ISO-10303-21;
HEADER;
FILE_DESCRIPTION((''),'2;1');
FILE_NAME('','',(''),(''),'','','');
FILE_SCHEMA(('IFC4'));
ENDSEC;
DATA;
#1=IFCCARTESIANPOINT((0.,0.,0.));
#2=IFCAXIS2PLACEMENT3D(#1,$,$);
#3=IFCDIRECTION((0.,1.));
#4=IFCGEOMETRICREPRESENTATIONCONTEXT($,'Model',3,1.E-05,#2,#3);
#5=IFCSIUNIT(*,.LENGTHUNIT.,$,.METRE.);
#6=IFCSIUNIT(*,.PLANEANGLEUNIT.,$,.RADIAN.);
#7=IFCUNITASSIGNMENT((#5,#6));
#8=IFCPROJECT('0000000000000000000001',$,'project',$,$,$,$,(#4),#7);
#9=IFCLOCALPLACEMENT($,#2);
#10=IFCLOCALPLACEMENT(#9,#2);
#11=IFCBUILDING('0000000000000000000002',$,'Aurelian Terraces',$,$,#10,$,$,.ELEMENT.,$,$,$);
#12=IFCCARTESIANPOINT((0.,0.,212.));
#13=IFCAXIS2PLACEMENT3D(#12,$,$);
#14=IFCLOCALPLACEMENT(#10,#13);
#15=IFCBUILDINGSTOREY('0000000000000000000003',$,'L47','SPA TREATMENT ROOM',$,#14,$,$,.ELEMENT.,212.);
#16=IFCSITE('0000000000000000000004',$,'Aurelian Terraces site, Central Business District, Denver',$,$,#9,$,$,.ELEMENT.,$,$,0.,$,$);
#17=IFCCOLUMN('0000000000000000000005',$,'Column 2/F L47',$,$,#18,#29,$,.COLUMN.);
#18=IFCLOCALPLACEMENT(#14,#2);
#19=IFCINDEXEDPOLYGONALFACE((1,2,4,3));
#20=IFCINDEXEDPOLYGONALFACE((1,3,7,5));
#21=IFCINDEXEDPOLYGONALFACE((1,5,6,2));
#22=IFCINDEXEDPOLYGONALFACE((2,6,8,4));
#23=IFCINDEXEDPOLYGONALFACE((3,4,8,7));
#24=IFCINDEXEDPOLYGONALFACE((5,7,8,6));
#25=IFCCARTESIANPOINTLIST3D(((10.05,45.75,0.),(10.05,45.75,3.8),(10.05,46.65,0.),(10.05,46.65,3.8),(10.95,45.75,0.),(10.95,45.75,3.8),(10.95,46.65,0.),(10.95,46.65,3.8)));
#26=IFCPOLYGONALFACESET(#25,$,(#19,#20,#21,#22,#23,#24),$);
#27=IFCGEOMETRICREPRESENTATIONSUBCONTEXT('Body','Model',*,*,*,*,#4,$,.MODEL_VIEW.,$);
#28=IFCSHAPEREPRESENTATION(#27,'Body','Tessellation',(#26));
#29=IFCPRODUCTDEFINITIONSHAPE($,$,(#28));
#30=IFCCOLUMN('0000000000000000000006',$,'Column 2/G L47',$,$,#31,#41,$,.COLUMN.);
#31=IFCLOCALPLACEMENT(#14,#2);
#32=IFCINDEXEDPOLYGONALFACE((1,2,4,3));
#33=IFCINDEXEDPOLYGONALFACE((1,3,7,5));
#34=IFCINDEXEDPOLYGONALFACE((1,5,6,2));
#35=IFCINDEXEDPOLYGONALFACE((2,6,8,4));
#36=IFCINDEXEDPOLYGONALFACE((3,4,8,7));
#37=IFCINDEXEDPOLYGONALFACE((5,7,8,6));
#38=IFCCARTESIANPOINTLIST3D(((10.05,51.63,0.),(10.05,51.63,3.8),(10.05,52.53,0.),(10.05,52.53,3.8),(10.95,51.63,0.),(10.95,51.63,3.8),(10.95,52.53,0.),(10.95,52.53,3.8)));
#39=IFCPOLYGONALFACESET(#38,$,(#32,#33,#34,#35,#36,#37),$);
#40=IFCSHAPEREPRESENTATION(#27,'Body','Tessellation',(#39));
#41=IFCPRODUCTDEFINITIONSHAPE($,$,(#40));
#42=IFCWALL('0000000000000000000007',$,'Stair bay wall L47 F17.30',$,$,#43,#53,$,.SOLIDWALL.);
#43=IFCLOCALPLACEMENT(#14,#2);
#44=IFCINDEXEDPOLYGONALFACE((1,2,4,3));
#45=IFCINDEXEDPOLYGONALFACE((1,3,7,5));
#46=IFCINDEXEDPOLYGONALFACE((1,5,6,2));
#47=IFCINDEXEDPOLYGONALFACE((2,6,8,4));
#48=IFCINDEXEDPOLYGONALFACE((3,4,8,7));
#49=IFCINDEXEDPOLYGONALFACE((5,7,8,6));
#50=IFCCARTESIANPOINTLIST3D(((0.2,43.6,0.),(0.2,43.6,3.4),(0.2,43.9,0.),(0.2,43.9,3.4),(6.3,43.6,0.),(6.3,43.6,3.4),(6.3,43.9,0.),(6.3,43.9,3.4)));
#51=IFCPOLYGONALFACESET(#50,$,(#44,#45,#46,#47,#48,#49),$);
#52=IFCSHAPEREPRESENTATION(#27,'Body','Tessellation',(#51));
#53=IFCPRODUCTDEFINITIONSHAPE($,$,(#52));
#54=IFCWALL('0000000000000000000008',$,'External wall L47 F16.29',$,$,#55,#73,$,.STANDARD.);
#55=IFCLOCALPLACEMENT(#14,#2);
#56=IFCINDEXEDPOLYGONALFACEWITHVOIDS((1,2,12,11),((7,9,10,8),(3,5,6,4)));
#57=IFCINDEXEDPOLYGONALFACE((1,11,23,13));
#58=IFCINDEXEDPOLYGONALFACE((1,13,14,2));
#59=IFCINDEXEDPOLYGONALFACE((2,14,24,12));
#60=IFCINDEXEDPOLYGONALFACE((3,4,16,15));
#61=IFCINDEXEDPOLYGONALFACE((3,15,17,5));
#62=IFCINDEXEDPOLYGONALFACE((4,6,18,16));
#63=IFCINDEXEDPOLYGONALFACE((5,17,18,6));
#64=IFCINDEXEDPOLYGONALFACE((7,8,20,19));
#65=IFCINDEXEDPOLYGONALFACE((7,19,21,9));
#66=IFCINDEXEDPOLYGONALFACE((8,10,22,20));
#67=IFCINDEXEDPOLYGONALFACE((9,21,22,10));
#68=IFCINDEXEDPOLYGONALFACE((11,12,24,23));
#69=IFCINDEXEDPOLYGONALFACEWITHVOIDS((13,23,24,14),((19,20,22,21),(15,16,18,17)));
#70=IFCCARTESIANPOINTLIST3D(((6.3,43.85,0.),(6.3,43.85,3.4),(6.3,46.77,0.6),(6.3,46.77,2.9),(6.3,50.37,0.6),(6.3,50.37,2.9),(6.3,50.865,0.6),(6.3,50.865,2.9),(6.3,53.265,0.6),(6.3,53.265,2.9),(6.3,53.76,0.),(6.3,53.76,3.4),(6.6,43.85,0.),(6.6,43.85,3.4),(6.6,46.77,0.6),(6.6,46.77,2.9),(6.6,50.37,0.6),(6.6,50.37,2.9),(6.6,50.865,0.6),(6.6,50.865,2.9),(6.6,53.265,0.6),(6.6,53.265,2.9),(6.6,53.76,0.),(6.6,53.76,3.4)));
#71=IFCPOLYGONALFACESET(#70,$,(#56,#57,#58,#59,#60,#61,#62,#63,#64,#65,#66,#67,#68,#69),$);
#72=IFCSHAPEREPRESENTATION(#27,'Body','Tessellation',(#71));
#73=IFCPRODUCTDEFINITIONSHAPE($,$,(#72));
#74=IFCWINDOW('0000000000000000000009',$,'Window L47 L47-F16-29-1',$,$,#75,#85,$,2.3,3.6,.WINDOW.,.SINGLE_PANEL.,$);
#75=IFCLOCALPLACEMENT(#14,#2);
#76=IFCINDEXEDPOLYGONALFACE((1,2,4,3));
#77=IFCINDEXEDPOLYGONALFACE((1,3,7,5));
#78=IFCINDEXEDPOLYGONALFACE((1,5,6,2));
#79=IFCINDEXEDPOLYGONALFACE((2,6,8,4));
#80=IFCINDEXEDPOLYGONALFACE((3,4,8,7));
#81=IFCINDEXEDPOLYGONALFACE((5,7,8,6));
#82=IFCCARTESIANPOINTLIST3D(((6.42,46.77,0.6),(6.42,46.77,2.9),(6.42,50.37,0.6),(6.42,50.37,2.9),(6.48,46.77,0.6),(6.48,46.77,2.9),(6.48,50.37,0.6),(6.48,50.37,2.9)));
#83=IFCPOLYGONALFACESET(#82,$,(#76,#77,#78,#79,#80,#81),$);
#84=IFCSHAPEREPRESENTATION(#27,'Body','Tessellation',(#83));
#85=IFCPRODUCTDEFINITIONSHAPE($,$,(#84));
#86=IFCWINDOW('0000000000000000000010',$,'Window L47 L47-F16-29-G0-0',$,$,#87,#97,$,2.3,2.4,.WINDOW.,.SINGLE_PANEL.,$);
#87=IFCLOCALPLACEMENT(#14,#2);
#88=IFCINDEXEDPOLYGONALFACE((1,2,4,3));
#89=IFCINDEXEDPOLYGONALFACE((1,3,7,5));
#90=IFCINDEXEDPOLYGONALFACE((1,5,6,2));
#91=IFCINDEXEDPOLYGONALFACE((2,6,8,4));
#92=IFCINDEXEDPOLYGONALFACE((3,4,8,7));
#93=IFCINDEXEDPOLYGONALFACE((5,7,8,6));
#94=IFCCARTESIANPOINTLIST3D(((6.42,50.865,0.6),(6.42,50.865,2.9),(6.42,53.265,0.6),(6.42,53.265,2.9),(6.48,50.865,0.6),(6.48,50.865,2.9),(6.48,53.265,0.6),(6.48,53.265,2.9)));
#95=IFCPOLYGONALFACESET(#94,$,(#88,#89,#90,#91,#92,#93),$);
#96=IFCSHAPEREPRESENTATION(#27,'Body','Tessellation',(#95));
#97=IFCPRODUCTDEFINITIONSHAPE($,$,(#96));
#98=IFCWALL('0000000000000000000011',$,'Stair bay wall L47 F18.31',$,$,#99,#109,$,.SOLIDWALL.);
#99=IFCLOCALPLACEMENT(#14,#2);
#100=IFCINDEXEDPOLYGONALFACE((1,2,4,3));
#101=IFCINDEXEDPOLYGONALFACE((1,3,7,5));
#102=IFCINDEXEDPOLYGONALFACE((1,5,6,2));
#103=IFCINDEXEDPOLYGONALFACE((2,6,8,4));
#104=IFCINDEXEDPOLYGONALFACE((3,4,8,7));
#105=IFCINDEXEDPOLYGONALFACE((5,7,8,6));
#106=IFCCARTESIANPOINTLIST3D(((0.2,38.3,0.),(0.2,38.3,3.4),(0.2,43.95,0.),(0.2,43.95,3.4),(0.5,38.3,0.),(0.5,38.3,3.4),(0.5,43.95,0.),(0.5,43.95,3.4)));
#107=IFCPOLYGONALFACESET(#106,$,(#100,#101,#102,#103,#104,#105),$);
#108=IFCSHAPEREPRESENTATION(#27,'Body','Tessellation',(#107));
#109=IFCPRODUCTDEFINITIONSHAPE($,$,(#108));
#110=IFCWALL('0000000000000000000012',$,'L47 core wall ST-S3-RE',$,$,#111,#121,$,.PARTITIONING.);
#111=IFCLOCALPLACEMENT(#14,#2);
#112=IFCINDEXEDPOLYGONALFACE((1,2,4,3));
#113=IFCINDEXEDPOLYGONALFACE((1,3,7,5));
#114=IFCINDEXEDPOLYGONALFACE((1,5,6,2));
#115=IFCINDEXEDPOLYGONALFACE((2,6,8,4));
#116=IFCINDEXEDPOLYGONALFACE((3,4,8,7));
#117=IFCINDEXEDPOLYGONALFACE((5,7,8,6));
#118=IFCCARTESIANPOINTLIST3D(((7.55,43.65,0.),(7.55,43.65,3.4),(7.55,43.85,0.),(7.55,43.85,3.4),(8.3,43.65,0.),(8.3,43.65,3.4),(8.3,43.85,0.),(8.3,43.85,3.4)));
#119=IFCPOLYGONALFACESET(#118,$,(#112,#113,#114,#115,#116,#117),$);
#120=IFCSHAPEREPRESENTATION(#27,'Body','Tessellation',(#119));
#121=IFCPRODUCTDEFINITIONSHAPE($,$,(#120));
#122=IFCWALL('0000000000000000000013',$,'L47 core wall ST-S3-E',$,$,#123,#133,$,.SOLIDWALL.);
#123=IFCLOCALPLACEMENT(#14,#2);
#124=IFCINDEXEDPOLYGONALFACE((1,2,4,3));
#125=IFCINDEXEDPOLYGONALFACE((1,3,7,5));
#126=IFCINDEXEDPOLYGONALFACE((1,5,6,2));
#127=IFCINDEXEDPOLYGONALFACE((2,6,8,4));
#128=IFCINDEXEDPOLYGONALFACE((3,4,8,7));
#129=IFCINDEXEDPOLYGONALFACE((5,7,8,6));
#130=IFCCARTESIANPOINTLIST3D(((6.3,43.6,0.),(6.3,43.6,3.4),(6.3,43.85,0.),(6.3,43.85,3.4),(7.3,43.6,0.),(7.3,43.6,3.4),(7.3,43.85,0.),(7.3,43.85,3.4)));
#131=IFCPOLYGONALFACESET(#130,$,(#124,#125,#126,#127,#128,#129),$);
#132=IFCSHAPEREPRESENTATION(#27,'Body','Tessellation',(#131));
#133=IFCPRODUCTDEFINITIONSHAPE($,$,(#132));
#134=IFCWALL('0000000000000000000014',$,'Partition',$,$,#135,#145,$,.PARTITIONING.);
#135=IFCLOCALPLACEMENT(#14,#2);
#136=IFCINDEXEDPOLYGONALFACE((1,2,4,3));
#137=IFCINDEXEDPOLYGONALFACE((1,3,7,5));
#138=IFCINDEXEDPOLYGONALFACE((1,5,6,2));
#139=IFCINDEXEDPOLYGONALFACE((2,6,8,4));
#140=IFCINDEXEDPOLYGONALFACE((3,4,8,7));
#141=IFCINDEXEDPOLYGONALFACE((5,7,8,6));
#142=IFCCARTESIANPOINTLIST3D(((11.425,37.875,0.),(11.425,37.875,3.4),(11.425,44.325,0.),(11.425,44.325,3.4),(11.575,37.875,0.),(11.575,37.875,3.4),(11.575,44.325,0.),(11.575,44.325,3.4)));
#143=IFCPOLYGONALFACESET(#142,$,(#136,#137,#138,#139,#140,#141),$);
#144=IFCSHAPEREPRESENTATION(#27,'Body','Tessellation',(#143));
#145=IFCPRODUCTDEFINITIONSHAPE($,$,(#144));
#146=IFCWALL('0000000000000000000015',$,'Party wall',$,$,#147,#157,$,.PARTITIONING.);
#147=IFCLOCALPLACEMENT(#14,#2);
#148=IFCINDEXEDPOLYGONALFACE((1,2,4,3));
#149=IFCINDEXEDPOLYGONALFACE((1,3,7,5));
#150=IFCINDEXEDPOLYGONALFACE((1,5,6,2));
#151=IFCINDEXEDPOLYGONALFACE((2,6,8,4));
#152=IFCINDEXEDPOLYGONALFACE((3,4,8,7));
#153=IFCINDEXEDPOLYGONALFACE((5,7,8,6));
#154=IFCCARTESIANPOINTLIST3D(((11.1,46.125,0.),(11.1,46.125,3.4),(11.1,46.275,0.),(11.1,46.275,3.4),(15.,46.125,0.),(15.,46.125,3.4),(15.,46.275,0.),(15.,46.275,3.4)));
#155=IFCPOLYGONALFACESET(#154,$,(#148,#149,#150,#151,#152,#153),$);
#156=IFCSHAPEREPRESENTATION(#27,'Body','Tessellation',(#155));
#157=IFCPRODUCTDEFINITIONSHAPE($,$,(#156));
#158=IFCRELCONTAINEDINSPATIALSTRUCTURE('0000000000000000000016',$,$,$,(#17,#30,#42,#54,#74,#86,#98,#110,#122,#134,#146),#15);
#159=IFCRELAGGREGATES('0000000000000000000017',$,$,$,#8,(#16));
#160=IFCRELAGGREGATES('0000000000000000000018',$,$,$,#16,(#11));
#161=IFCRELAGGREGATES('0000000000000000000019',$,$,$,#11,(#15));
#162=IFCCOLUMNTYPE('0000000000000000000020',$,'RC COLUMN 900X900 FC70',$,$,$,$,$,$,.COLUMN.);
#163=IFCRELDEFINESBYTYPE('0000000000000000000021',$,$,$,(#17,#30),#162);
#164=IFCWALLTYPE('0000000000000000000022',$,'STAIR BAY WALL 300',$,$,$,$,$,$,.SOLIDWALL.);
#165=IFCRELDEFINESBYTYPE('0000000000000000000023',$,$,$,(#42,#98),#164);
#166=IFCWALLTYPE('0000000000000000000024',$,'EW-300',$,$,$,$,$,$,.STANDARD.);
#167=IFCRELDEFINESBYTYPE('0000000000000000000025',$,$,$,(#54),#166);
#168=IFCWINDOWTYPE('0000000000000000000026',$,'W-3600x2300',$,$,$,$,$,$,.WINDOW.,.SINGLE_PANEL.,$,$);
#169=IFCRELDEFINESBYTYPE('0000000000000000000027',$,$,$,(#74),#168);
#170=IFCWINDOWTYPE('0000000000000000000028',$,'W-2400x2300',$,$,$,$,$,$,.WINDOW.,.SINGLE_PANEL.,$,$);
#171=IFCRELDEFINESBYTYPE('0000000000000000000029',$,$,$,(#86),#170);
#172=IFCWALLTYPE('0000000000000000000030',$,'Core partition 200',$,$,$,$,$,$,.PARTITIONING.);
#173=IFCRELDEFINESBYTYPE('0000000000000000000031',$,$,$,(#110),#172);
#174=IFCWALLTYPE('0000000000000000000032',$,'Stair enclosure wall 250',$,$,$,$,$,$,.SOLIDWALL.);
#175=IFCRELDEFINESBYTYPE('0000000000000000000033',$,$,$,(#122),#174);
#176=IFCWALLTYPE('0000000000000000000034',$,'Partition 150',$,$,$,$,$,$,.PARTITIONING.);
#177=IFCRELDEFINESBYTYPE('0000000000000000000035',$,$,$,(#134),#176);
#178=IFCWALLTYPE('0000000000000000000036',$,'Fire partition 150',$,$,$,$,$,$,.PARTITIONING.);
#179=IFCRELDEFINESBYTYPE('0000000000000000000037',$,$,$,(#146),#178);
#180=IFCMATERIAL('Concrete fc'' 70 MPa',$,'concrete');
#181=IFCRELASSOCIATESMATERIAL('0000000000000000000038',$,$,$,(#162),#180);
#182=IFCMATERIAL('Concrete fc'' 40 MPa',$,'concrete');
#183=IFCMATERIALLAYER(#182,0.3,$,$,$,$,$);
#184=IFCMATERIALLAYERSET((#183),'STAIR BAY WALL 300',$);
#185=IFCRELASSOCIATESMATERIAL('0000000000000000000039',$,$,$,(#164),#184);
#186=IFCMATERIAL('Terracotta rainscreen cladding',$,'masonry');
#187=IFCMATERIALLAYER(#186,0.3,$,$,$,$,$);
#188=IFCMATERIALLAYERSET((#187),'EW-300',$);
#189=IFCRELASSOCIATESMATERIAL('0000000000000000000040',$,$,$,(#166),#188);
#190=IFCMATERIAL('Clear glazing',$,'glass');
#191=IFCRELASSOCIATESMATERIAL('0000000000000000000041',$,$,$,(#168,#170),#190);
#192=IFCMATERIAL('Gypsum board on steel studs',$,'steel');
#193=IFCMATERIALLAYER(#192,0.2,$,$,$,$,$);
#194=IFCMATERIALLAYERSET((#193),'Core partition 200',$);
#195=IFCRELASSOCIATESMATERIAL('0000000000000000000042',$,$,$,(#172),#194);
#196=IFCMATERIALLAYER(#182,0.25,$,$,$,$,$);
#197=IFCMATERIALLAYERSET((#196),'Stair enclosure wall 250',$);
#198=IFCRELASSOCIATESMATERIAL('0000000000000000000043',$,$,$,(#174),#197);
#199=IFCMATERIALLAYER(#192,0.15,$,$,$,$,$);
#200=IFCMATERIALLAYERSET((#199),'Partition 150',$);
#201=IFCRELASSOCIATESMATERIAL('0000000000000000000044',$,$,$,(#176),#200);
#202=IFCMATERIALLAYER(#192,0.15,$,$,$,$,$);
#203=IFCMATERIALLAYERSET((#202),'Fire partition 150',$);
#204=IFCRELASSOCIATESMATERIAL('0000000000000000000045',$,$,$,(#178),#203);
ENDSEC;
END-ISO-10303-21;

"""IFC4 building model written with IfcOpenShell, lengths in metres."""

from ifc_helpers import new_model, si_unit, direction, frame, frame_2d, origin, origin_2d, place, context, subcontext, project, spatial, rectangle, extrude, source, transform, mapped, material, layer, layer_set, material_profile, profile_set, type_object, element, fill, save


model = new_model("IFC4")

# Units and contexts
model_context = context("Model", 3, precision=1e-05, world=origin(), true_north=direction((0.0, 1.0)))
body_context = subcontext(model_context, "Body", "Model", "MODEL_VIEW")
ifc_project = project(units=[si_unit("LENGTHUNIT", "METRE"), si_unit("PLANEANGLEUNIT", "RADIAN")], contexts=[model_context])

# Site, building, storey
site_placement = place(None, origin())
site = spatial("IfcSite", under=ifc_project, at=site_placement, Name="Aurelian Terraces site, Central Business District, Denver", CompositionType="ELEMENT", RefElevation=0.0)
building_placement = place(site_placement, origin())
building = spatial("IfcBuilding", under=site, at=building_placement, Name="Aurelian Terraces", CompositionType="ELEMENT")
storey_placement = place(building_placement, frame((0.0, 0.0, 212.0)))
storey = spatial("IfcBuildingStorey", under=building, at=storey_placement, Name="L47", Description="SPA TREATMENT ROOM", CompositionType="ELEMENT", Elevation=212.0)

# Columns
ifc_material_1 = material(Name="Concrete fc' 70 MPa", Category="concrete")
ifc_material_profile = material_profile(ifc_material_1, rectangle(XDim=0.9, YDim=0.9, at=origin_2d()))
ifc_profile_set = profile_set([ifc_material_profile], Name="Concrete fc' 70 MPa")
column_type = type_object("IfcColumnType", Name="RC COLUMN 900X900 FC70", PredefinedType="COLUMN", material=ifc_profile_set)
shared_shape_1 = source(origin(), body_context, "Body", "SweptSolid", [
    extrude(rectangle(XDim=0.9, YDim=0.9, at=origin_2d()), origin(), (0.0, 0.0, 1.0), 3.8),
])
for number, where, z_axis, x_axis, name in (
    (1, (10.5, 46.2, 0.0), (0.0, 0.0, 1.0), (1.0, 0.0, 0.0), "Column 2/F L47"),
    (2, (10.5, 52.08, 0.0), (0.0, 0.0, 1.0), (1.0, 0.0, 0.0), "Column 2/G L47"),
):
    element("IfcColumn", number, at=place(storey_placement, frame(where, z_axis=z_axis, x_axis=x_axis)), inside=storey, type_object=column_type, Name=name, PredefinedType="COLUMN", context=body_context, shape_type="MappedRepresentation", body=[
        mapped(shared_shape_1, transform((0.0, 0.0, 0.0), scale=1.0)),
    ])

# Wall
ifc_material_2 = material(Name="Concrete fc' 40 MPa", Category="concrete")
ifc_layer_1 = layer(ifc_material_2, 0.3)
ifc_layer_set_1 = layer_set([ifc_layer_1], Name="STAIR BAY WALL 300")
wall_type_1 = type_object("IfcWallType", Name="STAIR BAY WALL 300", PredefinedType="SOLIDWALL", material=ifc_layer_set_1)
shared_shape_2 = source(origin(), body_context, "Body", "SweptSolid", [
    extrude(rectangle(XDim=6.1, YDim=0.3, at=frame_2d((3.05, 0.0))), origin(), (0.0, 0.0, 1.0), 3.4),
])
wall_1_placement = place(storey_placement, frame((6.3, 43.75, 0.0), z_axis=(0.0, 0.0, 1.0), x_axis=(-1.0, 0.0, 0.0)))
element("IfcWall", 3, at=wall_1_placement, inside=storey, type_object=wall_type_1, Name="Stair bay wall L47 F17.30", PredefinedType="SOLIDWALL", context=body_context, shape_type="MappedRepresentation", body=[
    mapped(shared_shape_2, transform((0.0, 0.0, 0.0), scale=1.0)),
])

# Wall, openings, windows
ifc_material_3 = material(Name="Terracotta rainscreen cladding", Category="masonry")
ifc_layer_2 = layer(ifc_material_3, 0.3)
ifc_layer_set_2 = layer_set([ifc_layer_2], Name="EW-300")
wall_type_2 = type_object("IfcWallType", Name="EW-300", PredefinedType="STANDARD", material=ifc_layer_set_2)
shared_shape_3 = source(origin(), body_context, "Body", "SweptSolid", [
    extrude(rectangle(XDim=9.91, YDim=0.3, at=frame_2d((4.955, 0.0))), origin(), (0.0, 0.0, 1.0), 3.4),
])
wall_2_placement = place(storey_placement, frame((6.45, 53.76, 0.0), z_axis=(0.0, 0.0, 1.0), x_axis=(0.0, -1.0, 0.0)))
wall_2 = element("IfcWall", 4, at=wall_2_placement, inside=storey, type_object=wall_type_2, Name="External wall L47 F16.29", PredefinedType="STANDARD", context=body_context, shape_type="MappedRepresentation", body=[
    mapped(shared_shape_3, transform((0.0, 0.0, 0.0), scale=1.0)),
])
shared_shape_4 = source(origin(), body_context, "Body", "SweptSolid", [
    extrude(rectangle(XDim=3.6, YDim=2.3, at=frame_2d((1.8, 1.15))), frame((0.0, 0.16, 0.0), z_axis=(0.0, -1.0, 0.0), x_axis=(1.0, 0.0, 0.0)), (0.0, 0.0, 1.0), 0.32),
])
opening_1_placement = place(wall_2_placement, frame((3.39, 0.0, 0.6)))
opening_1 = element("IfcOpeningElement", 5, at=opening_1_placement, cuts=wall_2, PredefinedType="OPENING", context=body_context, shape_type="MappedRepresentation", body=[
    mapped(shared_shape_4, transform((0.0, 0.0, 0.0), scale=1.0)),
])
shared_shape_5 = source(origin(), body_context, "Body", "SweptSolid", [
    extrude(rectangle(XDim=2.4, YDim=2.3, at=frame_2d((1.2, 1.15))), frame((0.0, 0.16, 0.0), z_axis=(0.0, -1.0, 0.0), x_axis=(1.0, 0.0, 0.0)), (0.0, 0.0, 1.0), 0.32),
])
opening_2_placement = place(wall_2_placement, frame((0.495, 0.0, 0.6)))
opening_2 = element("IfcOpeningElement", 6, at=opening_2_placement, cuts=wall_2, PredefinedType="OPENING", context=body_context, shape_type="MappedRepresentation", body=[
    mapped(shared_shape_5, transform((0.0, 0.0, 0.0), scale=1.0)),
])
ifc_material_4 = material(Name="Clear glazing", Category="glass")
window_type_1 = type_object("IfcWindowType", Name="W-3600x2300", PartitioningType="SINGLE_PANEL", PredefinedType="WINDOW", material=ifc_material_4)
shared_shape_6 = source(origin(), body_context, "Body", "SweptSolid", [
    extrude(rectangle(XDim=3.6, YDim=2.3, at=frame_2d((1.8, 1.15))), frame((0.0, 0.03, 0.0), z_axis=(0.0, -1.0, 0.0), x_axis=(1.0, 0.0, 0.0)), (0.0, 0.0, 1.0), 0.06),
])
window_1_placement = place(opening_1_placement, origin())
window_1 = element("IfcWindow", 7, at=window_1_placement, inside=storey, type_object=window_type_1, Name="Window L47 L47-F16-29-1", OverallHeight=2.3, OverallWidth=3.6, PartitioningType="SINGLE_PANEL", PredefinedType="WINDOW", context=body_context, shape_type="MappedRepresentation", body=[
    mapped(shared_shape_6, transform((0.0, 0.0, 0.0), scale=1.0)),
])
fill(opening_1, window_1)
window_type_2 = type_object("IfcWindowType", Name="W-2400x2300", PartitioningType="SINGLE_PANEL", PredefinedType="WINDOW", material=ifc_material_4)
shared_shape_7 = source(origin(), body_context, "Body", "SweptSolid", [
    extrude(rectangle(XDim=2.4, YDim=2.3, at=frame_2d((1.2, 1.15))), frame((0.0, 0.03, 0.0), z_axis=(0.0, -1.0, 0.0), x_axis=(1.0, 0.0, 0.0)), (0.0, 0.0, 1.0), 0.06),
])
window_2_placement = place(opening_2_placement, origin())
window_2 = element("IfcWindow", 8, at=window_2_placement, inside=storey, type_object=window_type_2, Name="Window L47 L47-F16-29-G0-0", OverallHeight=2.3, OverallWidth=2.4, PartitioningType="SINGLE_PANEL", PredefinedType="WINDOW", context=body_context, shape_type="MappedRepresentation", body=[
    mapped(shared_shape_7, transform((0.0, 0.0, 0.0), scale=1.0)),
])
fill(opening_2, window_2)

# Walls
shared_shape_8 = source(origin(), body_context, "Body", "SweptSolid", [
    extrude(rectangle(XDim=5.65, YDim=0.3, at=frame_2d((2.825, 0.0))), origin(), (0.0, 0.0, 1.0), 3.4),
])
wall_3_placement = place(storey_placement, frame((0.35, 43.95, 0.0), z_axis=(0.0, 0.0, 1.0), x_axis=(0.0, -1.0, 0.0)))
element("IfcWall", 9, at=wall_3_placement, inside=storey, type_object=wall_type_1, Name="Stair bay wall L47 F18.31", PredefinedType="SOLIDWALL", context=body_context, shape_type="MappedRepresentation", body=[
    mapped(shared_shape_8, transform((0.0, 0.0, 0.0), scale=1.0)),
])
ifc_material_5 = material(Name="Gypsum board on steel studs", Category="steel")
ifc_layer_3 = layer(ifc_material_5, 0.2)
ifc_layer_set_3 = layer_set([ifc_layer_3], Name="Core partition 200")
wall_type_3 = type_object("IfcWallType", Name="Core partition 200", PredefinedType="PARTITIONING", material=ifc_layer_set_3)
shared_shape_9 = source(origin(), body_context, "Body", "SweptSolid", [
    extrude(rectangle(XDim=0.75, YDim=0.2, at=frame_2d((0.375, 0.0))), origin(), (0.0, 0.0, 1.0), 3.4),
])
wall_4_placement = place(storey_placement, frame((7.55, 43.75, 0.0), z_axis=(0.0, 0.0, 1.0), x_axis=(1.0, 0.0, 0.0)))
element("IfcWall", 10, at=wall_4_placement, inside=storey, type_object=wall_type_3, Name="L47 core wall ST-S3-RE", PredefinedType="PARTITIONING", context=body_context, shape_type="MappedRepresentation", body=[
    mapped(shared_shape_9, transform((0.0, 0.0, 0.0), scale=1.0)),
])
ifc_layer_4 = layer(ifc_material_2, 0.25)
ifc_layer_set_4 = layer_set([ifc_layer_4], Name="Stair enclosure wall 250")
wall_type_4 = type_object("IfcWallType", Name="Stair enclosure wall 250", PredefinedType="SOLIDWALL", material=ifc_layer_set_4)
shared_shape_10 = source(origin(), body_context, "Body", "SweptSolid", [
    extrude(rectangle(XDim=1.0, YDim=0.25, at=frame_2d((0.5, 0.0))), origin(), (0.0, 0.0, 1.0), 3.4),
])
wall_5_placement = place(storey_placement, frame((6.3, 43.725, 0.0), z_axis=(0.0, 0.0, 1.0), x_axis=(1.0, 0.0, 0.0)))
element("IfcWall", 11, at=wall_5_placement, inside=storey, type_object=wall_type_4, Name="L47 core wall ST-S3-E", PredefinedType="SOLIDWALL", context=body_context, shape_type="MappedRepresentation", body=[
    mapped(shared_shape_10, transform((0.0, 0.0, 0.0), scale=1.0)),
])
ifc_layer_5 = layer(ifc_material_5, 0.15)
ifc_layer_set_5 = layer_set([ifc_layer_5], Name="Partition 150")
wall_type_5 = type_object("IfcWallType", Name="Partition 150", PredefinedType="PARTITIONING", material=ifc_layer_set_5)
shared_shape_11 = source(origin(), body_context, "Body", "SweptSolid", [
    extrude(rectangle(XDim=6.45, YDim=0.15, at=frame_2d((3.225, 0.0))), origin(), (0.0, 0.0, 1.0), 3.4),
])
wall_6_placement = place(storey_placement, frame((11.5, 44.325, 0.0), z_axis=(0.0, 0.0, 1.0), x_axis=(0.0, -1.0, 0.0)))
element("IfcWall", 12, at=wall_6_placement, inside=storey, type_object=wall_type_5, Name="Partition", PredefinedType="PARTITIONING", context=body_context, shape_type="MappedRepresentation", body=[
    mapped(shared_shape_11, transform((0.0, 0.0, 0.0), scale=1.0)),
])
ifc_layer_6 = layer(ifc_material_5, 0.15)
ifc_layer_set_6 = layer_set([ifc_layer_6], Name="Fire partition 150")
wall_type_6 = type_object("IfcWallType", Name="Fire partition 150", PredefinedType="PARTITIONING", material=ifc_layer_set_6)
shared_shape_12 = source(origin(), body_context, "Body", "SweptSolid", [
    extrude(rectangle(XDim=3.9, YDim=0.15, at=frame_2d((1.95, 0.0))), origin(), (0.0, 0.0, 1.0), 3.4),
])
wall_7_placement = place(storey_placement, frame((15.0, 46.2, 0.0), z_axis=(0.0, 0.0, 1.0), x_axis=(-1.0, 0.0, 0.0)))
element("IfcWall", 13, at=wall_7_placement, inside=storey, type_object=wall_type_6, Name="Party wall", PredefinedType="PARTITIONING", context=body_context, shape_type="MappedRepresentation", body=[
    mapped(shared_shape_12, transform((0.0, 0.0, 0.0), scale=1.0)),
])

save(model, "model.ifc")
